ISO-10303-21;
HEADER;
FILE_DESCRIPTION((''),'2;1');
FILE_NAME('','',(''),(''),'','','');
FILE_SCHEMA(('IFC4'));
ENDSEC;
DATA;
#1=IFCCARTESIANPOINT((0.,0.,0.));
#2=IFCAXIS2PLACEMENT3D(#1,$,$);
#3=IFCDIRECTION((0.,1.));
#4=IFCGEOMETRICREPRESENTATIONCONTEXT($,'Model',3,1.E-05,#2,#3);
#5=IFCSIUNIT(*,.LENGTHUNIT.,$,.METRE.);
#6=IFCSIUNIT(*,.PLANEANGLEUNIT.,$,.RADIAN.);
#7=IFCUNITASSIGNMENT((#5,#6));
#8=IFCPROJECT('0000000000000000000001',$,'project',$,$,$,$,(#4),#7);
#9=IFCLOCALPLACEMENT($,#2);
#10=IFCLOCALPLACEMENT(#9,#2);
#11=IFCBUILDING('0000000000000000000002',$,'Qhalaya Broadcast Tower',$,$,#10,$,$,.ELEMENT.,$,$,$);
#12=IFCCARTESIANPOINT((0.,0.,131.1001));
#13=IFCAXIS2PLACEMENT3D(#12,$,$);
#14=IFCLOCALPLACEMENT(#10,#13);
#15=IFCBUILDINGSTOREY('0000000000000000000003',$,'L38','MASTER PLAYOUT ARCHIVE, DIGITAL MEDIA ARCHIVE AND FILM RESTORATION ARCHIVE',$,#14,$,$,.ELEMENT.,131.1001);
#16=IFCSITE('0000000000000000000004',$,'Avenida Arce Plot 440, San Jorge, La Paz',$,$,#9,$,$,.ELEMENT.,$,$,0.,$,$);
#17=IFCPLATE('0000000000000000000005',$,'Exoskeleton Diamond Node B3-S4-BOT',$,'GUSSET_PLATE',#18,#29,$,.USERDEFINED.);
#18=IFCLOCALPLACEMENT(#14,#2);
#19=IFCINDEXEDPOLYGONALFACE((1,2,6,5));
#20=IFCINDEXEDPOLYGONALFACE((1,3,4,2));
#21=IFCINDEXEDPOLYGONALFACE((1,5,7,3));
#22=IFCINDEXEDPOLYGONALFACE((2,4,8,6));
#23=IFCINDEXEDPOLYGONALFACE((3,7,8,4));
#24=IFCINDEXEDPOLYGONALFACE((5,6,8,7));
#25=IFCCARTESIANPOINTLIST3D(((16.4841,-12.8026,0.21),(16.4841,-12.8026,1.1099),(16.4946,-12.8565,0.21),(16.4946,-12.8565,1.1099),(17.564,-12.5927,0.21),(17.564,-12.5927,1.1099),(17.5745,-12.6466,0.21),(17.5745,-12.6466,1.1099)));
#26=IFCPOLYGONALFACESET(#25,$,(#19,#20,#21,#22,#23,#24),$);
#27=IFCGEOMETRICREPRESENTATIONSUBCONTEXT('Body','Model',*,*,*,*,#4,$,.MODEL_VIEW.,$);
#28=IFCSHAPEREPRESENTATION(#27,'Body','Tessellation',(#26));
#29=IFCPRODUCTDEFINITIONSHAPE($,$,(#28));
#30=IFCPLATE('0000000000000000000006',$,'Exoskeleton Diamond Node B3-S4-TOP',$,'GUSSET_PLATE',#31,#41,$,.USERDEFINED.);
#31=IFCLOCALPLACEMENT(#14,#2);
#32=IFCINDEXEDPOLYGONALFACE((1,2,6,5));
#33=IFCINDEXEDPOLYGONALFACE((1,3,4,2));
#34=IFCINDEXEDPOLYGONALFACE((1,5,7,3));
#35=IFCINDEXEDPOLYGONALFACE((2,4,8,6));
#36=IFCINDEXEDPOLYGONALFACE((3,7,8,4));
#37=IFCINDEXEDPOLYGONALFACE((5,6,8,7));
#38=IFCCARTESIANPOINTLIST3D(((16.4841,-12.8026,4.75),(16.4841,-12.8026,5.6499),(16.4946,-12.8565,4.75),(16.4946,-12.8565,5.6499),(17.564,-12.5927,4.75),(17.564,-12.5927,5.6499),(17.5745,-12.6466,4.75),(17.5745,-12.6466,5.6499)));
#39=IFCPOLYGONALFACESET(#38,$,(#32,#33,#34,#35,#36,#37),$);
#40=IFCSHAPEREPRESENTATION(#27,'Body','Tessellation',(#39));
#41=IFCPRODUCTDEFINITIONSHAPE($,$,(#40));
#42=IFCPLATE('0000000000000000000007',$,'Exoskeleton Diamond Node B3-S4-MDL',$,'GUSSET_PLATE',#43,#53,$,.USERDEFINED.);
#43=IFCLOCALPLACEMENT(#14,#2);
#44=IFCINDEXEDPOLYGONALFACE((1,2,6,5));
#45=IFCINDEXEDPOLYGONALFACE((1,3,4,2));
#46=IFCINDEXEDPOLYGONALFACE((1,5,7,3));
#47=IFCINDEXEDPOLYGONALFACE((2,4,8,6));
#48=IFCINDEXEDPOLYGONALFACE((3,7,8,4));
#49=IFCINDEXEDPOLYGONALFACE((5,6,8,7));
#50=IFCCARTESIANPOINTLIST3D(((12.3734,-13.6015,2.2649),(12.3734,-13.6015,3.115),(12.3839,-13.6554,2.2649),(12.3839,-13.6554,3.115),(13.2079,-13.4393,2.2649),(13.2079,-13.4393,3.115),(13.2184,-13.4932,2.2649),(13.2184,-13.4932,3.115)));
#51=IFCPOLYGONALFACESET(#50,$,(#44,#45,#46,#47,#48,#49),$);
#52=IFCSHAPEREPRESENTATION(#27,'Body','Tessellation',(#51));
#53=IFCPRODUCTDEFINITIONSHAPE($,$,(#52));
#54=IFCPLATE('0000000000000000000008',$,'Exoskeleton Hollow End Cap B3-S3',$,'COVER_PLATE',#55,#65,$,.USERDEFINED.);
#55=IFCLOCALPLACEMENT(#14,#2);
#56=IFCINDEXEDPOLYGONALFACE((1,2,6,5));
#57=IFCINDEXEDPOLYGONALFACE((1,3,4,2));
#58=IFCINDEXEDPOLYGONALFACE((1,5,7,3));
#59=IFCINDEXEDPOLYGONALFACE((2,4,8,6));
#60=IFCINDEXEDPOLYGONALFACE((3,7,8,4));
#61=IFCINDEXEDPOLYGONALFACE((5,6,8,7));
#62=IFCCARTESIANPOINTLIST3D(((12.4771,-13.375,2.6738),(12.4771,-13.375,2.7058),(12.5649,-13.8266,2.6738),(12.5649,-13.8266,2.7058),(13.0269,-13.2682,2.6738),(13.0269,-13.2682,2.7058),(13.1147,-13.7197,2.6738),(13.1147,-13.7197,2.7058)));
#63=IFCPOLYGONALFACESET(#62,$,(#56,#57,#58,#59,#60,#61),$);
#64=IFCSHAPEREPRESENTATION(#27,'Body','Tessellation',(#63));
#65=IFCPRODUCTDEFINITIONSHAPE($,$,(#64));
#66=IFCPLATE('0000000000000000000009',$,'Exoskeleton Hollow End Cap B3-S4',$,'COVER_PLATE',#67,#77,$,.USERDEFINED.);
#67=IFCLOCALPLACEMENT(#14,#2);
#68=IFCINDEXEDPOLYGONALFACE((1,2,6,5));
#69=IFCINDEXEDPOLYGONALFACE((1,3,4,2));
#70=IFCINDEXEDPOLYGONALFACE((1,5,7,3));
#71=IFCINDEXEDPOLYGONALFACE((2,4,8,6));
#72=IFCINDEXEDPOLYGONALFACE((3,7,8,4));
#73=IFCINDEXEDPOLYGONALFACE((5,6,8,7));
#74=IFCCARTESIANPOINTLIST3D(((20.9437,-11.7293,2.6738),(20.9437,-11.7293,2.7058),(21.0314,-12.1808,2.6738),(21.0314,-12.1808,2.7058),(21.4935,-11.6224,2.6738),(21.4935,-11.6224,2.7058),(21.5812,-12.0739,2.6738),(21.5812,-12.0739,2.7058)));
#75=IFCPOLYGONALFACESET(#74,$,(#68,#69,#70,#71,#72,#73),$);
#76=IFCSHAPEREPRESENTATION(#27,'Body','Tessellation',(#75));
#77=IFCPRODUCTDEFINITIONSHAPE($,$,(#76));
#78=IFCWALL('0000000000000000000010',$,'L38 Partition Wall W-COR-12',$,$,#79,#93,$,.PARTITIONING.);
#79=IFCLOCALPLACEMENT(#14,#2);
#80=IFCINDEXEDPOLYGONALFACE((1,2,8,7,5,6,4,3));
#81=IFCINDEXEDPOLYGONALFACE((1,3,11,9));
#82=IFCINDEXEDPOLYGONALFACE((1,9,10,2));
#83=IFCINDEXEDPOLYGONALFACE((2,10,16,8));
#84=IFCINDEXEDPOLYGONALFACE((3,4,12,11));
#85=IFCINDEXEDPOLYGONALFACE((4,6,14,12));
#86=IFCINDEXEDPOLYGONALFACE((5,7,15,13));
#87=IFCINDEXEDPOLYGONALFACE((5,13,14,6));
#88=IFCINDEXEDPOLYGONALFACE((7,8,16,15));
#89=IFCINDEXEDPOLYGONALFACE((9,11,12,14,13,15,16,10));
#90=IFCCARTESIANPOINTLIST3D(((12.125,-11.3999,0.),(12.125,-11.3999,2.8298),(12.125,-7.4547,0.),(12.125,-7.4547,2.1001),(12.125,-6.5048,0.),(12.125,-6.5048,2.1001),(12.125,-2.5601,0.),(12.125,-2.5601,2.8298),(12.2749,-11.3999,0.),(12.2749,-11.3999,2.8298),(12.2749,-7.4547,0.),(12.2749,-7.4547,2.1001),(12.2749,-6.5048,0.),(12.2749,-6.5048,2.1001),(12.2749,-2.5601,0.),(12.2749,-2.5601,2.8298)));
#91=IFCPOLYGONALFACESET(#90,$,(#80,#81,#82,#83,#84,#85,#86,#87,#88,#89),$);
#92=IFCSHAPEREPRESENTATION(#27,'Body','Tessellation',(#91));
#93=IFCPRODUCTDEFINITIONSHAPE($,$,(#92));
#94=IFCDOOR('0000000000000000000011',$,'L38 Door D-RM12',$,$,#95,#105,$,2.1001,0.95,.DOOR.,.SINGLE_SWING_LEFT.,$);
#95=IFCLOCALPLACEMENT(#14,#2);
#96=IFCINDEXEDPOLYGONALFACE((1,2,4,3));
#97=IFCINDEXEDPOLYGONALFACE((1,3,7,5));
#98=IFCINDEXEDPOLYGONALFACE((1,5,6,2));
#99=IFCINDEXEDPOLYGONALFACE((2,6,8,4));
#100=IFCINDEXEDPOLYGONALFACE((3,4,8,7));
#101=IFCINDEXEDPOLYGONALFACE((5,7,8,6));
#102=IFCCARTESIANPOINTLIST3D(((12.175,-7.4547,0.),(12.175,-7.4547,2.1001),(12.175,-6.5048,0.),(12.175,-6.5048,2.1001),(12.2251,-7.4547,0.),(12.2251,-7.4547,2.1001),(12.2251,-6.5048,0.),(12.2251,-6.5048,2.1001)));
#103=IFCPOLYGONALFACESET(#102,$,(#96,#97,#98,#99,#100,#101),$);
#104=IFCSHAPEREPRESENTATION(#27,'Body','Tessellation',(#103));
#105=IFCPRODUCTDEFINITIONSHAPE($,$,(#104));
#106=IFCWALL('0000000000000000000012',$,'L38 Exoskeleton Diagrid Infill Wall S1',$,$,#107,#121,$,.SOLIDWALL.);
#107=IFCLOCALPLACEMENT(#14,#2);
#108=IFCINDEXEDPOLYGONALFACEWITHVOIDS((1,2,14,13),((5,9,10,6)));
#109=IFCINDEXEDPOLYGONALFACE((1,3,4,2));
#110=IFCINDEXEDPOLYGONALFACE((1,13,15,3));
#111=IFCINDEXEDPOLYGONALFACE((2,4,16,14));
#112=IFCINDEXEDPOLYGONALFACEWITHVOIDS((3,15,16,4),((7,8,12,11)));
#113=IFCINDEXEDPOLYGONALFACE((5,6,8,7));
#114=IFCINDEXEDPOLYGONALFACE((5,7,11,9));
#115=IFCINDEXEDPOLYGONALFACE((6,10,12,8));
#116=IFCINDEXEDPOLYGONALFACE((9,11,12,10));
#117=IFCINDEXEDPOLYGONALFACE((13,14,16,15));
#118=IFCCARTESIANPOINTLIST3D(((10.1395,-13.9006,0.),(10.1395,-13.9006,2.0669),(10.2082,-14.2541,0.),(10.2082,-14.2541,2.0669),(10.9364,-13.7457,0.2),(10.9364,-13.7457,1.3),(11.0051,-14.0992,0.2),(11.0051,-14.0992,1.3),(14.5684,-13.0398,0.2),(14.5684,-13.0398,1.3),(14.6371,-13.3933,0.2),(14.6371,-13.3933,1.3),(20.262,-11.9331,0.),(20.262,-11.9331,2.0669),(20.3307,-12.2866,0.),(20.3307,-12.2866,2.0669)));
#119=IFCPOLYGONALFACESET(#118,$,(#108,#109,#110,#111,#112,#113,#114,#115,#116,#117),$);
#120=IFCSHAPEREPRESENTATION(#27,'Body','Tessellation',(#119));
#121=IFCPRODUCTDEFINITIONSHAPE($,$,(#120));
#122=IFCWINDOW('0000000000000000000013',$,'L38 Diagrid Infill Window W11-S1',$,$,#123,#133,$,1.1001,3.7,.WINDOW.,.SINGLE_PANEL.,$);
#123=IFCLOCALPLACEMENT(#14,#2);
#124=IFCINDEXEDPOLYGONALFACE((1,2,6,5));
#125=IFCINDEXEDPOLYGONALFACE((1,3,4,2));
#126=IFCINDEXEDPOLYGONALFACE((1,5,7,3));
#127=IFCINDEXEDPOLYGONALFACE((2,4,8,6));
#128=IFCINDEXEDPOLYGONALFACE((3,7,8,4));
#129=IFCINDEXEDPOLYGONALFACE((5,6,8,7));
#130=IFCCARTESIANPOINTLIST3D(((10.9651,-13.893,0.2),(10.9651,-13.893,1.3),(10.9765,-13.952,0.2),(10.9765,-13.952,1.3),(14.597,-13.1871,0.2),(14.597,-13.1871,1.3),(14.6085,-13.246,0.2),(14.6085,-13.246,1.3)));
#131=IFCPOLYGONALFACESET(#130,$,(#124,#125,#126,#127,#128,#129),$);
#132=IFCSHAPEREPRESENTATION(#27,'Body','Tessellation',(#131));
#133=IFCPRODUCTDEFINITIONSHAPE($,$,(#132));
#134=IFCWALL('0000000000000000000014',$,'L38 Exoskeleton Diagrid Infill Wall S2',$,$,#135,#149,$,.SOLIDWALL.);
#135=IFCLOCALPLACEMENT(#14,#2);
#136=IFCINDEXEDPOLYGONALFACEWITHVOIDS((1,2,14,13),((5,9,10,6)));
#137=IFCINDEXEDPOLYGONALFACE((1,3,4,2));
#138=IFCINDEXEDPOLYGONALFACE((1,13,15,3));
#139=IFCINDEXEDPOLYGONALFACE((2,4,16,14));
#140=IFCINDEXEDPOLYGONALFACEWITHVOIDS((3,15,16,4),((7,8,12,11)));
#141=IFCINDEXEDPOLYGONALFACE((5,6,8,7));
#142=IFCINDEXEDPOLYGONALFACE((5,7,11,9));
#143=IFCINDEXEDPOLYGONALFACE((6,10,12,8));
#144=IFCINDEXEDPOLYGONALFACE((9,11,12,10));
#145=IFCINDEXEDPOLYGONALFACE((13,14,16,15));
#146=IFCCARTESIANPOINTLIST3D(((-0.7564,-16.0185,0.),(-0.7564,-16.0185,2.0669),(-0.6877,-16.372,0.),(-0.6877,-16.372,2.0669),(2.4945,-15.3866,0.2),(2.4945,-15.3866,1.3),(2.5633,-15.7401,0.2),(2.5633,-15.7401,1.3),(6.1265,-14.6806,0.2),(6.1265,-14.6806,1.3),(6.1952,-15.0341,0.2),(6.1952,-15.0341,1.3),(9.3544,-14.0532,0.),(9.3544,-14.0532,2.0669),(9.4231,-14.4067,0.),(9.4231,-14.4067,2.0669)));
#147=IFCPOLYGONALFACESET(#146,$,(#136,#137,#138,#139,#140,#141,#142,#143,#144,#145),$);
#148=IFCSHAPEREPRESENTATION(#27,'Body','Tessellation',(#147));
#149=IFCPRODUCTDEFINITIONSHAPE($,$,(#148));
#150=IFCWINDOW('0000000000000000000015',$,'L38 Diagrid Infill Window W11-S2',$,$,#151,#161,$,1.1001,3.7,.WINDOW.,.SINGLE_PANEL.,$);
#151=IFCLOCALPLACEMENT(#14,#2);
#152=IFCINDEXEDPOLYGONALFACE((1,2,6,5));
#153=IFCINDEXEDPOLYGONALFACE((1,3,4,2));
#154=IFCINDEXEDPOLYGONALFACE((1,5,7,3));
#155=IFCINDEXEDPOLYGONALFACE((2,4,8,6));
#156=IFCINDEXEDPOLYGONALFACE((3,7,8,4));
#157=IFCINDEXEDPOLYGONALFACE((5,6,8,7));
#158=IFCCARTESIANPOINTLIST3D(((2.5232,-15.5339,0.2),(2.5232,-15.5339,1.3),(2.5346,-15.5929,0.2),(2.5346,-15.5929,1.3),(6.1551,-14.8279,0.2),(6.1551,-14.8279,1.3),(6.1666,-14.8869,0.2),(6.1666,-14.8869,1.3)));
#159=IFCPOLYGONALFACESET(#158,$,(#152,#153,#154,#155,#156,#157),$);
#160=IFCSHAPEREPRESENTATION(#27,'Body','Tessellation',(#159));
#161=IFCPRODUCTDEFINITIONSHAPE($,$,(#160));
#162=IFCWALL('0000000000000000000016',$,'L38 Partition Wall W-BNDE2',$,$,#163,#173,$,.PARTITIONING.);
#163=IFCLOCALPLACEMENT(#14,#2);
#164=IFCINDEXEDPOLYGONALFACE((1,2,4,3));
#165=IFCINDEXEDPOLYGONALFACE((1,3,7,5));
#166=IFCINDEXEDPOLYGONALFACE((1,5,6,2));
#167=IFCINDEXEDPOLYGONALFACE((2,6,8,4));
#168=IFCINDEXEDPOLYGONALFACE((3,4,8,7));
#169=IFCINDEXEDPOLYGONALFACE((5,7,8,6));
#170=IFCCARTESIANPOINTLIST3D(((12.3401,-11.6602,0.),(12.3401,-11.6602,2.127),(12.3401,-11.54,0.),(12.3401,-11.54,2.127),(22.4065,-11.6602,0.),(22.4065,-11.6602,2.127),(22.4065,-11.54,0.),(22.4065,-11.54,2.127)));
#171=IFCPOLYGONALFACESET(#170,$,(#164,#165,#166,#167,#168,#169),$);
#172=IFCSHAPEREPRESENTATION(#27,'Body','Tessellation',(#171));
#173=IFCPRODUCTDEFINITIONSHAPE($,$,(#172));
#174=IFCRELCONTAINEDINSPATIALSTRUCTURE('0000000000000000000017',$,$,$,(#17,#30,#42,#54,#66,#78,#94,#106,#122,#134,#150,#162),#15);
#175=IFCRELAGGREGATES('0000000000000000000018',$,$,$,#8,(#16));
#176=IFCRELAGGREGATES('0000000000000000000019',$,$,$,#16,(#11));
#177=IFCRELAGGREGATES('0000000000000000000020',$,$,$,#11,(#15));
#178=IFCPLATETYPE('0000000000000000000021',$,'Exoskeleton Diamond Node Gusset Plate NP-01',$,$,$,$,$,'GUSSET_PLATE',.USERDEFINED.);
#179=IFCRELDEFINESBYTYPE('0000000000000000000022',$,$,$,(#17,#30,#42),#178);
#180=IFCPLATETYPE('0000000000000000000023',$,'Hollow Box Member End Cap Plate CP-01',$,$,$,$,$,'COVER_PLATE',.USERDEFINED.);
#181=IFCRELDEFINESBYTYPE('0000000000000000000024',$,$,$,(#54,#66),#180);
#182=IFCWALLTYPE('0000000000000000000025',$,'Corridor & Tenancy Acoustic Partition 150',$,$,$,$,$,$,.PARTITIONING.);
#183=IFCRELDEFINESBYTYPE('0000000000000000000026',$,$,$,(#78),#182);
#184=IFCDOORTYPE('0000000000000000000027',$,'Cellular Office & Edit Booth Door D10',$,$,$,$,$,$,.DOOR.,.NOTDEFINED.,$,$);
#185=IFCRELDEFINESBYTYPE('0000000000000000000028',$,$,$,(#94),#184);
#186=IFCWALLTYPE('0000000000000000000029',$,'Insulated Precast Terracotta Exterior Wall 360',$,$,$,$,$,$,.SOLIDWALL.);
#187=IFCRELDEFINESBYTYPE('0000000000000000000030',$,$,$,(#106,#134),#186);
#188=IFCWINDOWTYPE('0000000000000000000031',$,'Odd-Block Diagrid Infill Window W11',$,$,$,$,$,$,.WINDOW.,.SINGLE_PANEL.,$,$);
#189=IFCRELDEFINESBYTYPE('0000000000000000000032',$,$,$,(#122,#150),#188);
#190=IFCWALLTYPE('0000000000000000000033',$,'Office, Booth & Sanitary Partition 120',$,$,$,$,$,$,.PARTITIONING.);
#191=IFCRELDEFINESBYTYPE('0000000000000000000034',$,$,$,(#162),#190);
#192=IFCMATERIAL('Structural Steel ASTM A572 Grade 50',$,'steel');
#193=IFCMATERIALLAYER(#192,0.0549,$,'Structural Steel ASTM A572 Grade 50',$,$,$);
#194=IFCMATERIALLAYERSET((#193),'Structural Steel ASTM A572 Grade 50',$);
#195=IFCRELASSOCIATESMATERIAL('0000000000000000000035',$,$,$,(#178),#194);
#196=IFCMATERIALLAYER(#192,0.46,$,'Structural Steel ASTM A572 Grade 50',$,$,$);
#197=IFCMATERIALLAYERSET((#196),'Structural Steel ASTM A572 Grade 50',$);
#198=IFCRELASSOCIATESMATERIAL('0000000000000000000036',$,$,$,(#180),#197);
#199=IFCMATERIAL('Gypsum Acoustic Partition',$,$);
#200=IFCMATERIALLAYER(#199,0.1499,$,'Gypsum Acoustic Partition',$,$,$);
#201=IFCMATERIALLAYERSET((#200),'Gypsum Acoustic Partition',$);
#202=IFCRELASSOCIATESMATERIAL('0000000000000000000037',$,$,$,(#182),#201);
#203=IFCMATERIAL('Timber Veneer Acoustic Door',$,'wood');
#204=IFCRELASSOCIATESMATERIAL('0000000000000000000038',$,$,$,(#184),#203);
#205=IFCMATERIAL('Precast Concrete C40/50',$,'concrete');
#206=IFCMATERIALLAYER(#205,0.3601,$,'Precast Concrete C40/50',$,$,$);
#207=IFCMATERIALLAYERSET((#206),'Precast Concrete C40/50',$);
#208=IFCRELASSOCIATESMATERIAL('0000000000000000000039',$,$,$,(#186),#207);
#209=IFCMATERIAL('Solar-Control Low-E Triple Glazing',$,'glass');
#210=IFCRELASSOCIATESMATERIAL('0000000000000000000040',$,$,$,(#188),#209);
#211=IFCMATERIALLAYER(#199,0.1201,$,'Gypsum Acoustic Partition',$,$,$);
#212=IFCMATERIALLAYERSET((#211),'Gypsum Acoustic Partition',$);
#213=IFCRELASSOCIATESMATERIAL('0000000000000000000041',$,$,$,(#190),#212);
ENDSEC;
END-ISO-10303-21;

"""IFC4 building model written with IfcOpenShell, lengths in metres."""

from ifc_helpers import new_model, si_unit, direction, frame, frame_2d, origin, origin_2d, place, context, subcontext, project, spatial, rectangle, extrude, material, layer, layer_set, type_object, element, fill, save


model = new_model("IFC4")

# Units and contexts
model_context = context("Model", 3, precision=1e-05, world=origin(), true_north=direction((0.0, 1.0)))
body_context = subcontext(model_context, "Body", "Model", "MODEL_VIEW")
ifc_project = project(units=[si_unit("LENGTHUNIT", "METRE"), si_unit("PLANEANGLEUNIT", "RADIAN")], contexts=[model_context])

# Site, building, storey
site_placement = place(None, origin())
site = spatial("IfcSite", under=ifc_project, at=site_placement, Name="Avenida Arce Plot 440, San Jorge, La Paz", CompositionType="ELEMENT", RefElevation=0.0)
building_placement = place(site_placement, origin())
building = spatial("IfcBuilding", under=site, at=building_placement, Name="Qhalaya Broadcast Tower", CompositionType="ELEMENT")
storey_placement = place(building_placement, frame((0.0, 0.0, 131.1001)))
storey = spatial("IfcBuildingStorey", under=building, at=storey_placement, Name="L38", Description="MASTER PLAYOUT ARCHIVE, DIGITAL MEDIA ARCHIVE AND FILM RESTORATION ARCHIVE", CompositionType="ELEMENT", Elevation=131.1001)

# Shared definitions
ifc_material_1 = material(Name="Structural Steel ASTM A572 Grade 50", Category="steel")

# Plates
ifc_layer_1 = layer(ifc_material_1, 0.0549, Name="Structural Steel ASTM A572 Grade 50")
ifc_layer_set_1 = layer_set([ifc_layer_1], Name="Structural Steel ASTM A572 Grade 50")
plate_type_1 = type_object("IfcPlateType", Name="Exoskeleton Diamond Node Gusset Plate NP-01", ElementType="GUSSET_PLATE", PredefinedType="USERDEFINED", material=ifc_layer_set_1)
for number, where, z_axis, x_axis, name in (
    (1, (17.0293, -12.7246, 0.21), (0.0, 0.0, 1.0), (0.981627, 0.190809, 0.0), "Exoskeleton Diamond Node B3-S4-BOT"),
    (2, (17.0293, -12.7246, 4.75), (0.0, 0.0, 1.0), (0.981627, 0.190809, 0.0), "Exoskeleton Diamond Node B3-S4-TOP"),
):
    element("IfcPlate", number, at=place(storey_placement, frame(where, z_axis=z_axis, x_axis=x_axis)), inside=storey, type_object=plate_type_1, Name=name, ObjectType="GUSSET_PLATE", PredefinedType="USERDEFINED", context=body_context, shape_type="SweptSolid", body=[
        extrude(rectangle(XDim=1.1001, YDim=0.0549, at=origin_2d()), origin(), (0.0, 0.0, 1.0), 0.8999),
    ])
plate_placement = place(storey_placement, frame((12.7959, -13.5474, 2.2649), z_axis=(0.0, 0.0, 1.0), x_axis=(0.981627, 0.190809, 0.0)))
element("IfcPlate", 3, at=plate_placement, inside=storey, type_object=plate_type_1, Name="Exoskeleton Diamond Node B3-S4-MDL", ObjectType="GUSSET_PLATE", PredefinedType="USERDEFINED", context=body_context, shape_type="SweptSolid", body=[
    extrude(rectangle(XDim=0.8501, YDim=0.0549, at=origin_2d()), origin(), (0.0, 0.0, 1.0), 0.8501),
])
ifc_layer_2 = layer(ifc_material_1, 0.46, Name="Structural Steel ASTM A572 Grade 50")
ifc_layer_set_2 = layer_set([ifc_layer_2], Name="Structural Steel ASTM A572 Grade 50")
plate_type_2 = type_object("IfcPlateType", Name="Hollow Box Member End Cap Plate CP-01", ElementType="COVER_PLATE", PredefinedType="USERDEFINED", material=ifc_layer_set_2)
for number, where, z_axis, x_axis, name in (
    (4, (12.7959, -13.5474, 2.6738), (0.0, 0.0, 1.0), (0.981627, 0.190809, 0.0), "Exoskeleton Hollow End Cap B3-S3"),
    (5, (21.2625, -11.9016, 2.6738), (0.0, 0.0, 1.0), (0.981627, 0.190809, 0.0), "Exoskeleton Hollow End Cap B3-S4"),
):
    element("IfcPlate", number, at=place(storey_placement, frame(where, z_axis=z_axis, x_axis=x_axis)), inside=storey, type_object=plate_type_2, Name=name, ObjectType="COVER_PLATE", PredefinedType="USERDEFINED", context=body_context, shape_type="SweptSolid", body=[
        extrude(rectangle(XDim=0.5601, YDim=0.46, at=origin_2d()), origin(), (0.0, 0.0, 1.0), 0.032),
    ])

# Wall, opening, door
ifc_material_2 = material(Name="Gypsum Acoustic Partition")
ifc_layer_3 = layer(ifc_material_2, 0.1499, Name="Gypsum Acoustic Partition")
ifc_layer_set_3 = layer_set([ifc_layer_3], Name="Gypsum Acoustic Partition")
wall_type_1 = type_object("IfcWallType", Name="Corridor & Tenancy Acoustic Partition 150", PredefinedType="PARTITIONING", material=ifc_layer_set_3)
wall_1_placement = place(storey_placement, frame((12.2, -11.3999, 0.0), z_axis=(0.0, 0.0, 1.0), x_axis=(0.0, 1.0, 0.0)))
wall_1 = element("IfcWall", 6, at=wall_1_placement, inside=storey, type_object=wall_type_1, Name="L38 Partition Wall W-COR-12", PredefinedType="PARTITIONING", context=body_context, shape_type="SweptSolid", body=[
    extrude(rectangle(XDim=8.8398, YDim=0.1499, at=frame_2d((4.4199, 0.0))), origin(), (0.0, 0.0, 1.0), 2.8298),
])
opening_1_placement = place(wall_1_placement, frame((3.9451, 0.0, 0.0)))
opening_1 = element("IfcOpeningElement", 7, at=opening_1_placement, cuts=wall_1, PredefinedType="OPENING", context=body_context, shape_type="SweptSolid", body=[
    extrude(rectangle(XDim=0.95, YDim=2.1001, at=frame_2d((0.4751, 1.05))), frame((0.0, 0.0869, 0.0), z_axis=(0.0, -1.0, 0.0), x_axis=(1.0, 0.0, 0.0)), (0.0, 0.0, 1.0), 0.1738),
])
ifc_material_3 = material(Name="Timber Veneer Acoustic Door", Category="wood")
door_type = type_object("IfcDoorType", Name="Cellular Office & Edit Booth Door D10", OperationType="NOTDEFINED", PredefinedType="DOOR", material=ifc_material_3)
door_placement = place(opening_1_placement, origin())
door = element("IfcDoor", 8, at=door_placement, inside=storey, type_object=door_type, Name="L38 Door D-RM12", OperationType="SINGLE_SWING_LEFT", OverallHeight=2.1001, OverallWidth=0.95, PredefinedType="DOOR", context=body_context, shape_type="SweptSolid", body=[
    extrude(rectangle(XDim=0.95, YDim=2.1001, at=frame_2d((0.4751, 1.05))), frame((0.0, 0.0249, 0.0), z_axis=(0.0, -1.0, 0.0), x_axis=(1.0, 0.0, 0.0)), (0.0, 0.0, 1.0), 0.05),
])
fill(opening_1, door)

# Walls, openings, windows
ifc_material_4 = material(Name="Precast Concrete C40/50", Category="concrete")
ifc_layer_4 = layer(ifc_material_4, 0.3601, Name="Precast Concrete C40/50")
ifc_layer_set_4 = layer_set([ifc_layer_4], Name="Precast Concrete C40/50")
wall_type_2 = type_object("IfcWallType", Name="Insulated Precast Terracotta Exterior Wall 360", PredefinedType="SOLIDWALL", material=ifc_layer_set_4)
wall_2_placement = place(storey_placement, frame((20.2964, -12.1099, 0.0), z_axis=(0.0, 0.0, 1.0), x_axis=(-0.981629, -0.1908, 0.0)))
wall_2 = element("IfcWall", 9, at=wall_2_placement, inside=storey, type_object=wall_type_2, Name="L38 Exoskeleton Diagrid Infill Wall S1", PredefinedType="SOLIDWALL", context=body_context, shape_type="SweptSolid", body=[
    extrude(rectangle(XDim=10.312, YDim=0.3601, at=frame_2d((5.156, 0.0))), origin(), (0.0, 0.0, 1.0), 2.0669),
])
opening_2_placement = place(wall_2_placement, frame((5.8, 0.0, 0.2)))
opening_2 = element("IfcOpeningElement", 10, at=opening_2_placement, cuts=wall_2, PredefinedType="OPENING", context=body_context, shape_type="SweptSolid", body=[
    extrude(rectangle(XDim=3.7, YDim=1.1001, at=frame_2d((1.8501, 0.55))), frame((0.0, 0.1921, 0.0), z_axis=(0.0, -1.0, 0.0), x_axis=(1.0, 0.0, 0.0)), (0.0, 0.0, 1.0), 0.384),
])
ifc_material_5 = material(Name="Solar-Control Low-E Triple Glazing", Category="glass")
window_type = type_object("IfcWindowType", Name="Odd-Block Diagrid Infill Window W11", PartitioningType="SINGLE_PANEL", PredefinedType="WINDOW", material=ifc_material_5)
window_1_placement = place(opening_2_placement, origin())
window_1 = element("IfcWindow", 11, at=window_1_placement, inside=storey, type_object=window_type, Name="L38 Diagrid Infill Window W11-S1", OverallHeight=1.1001, OverallWidth=3.7, PartitioningType="SINGLE_PANEL", PredefinedType="WINDOW", context=body_context, shape_type="SweptSolid", body=[
    extrude(rectangle(XDim=3.7, YDim=1.1001, at=frame_2d((1.8501, 0.55))), frame((0.0, 0.03, 0.0), z_axis=(0.0, -1.0, 0.0), x_axis=(1.0, 0.0, 0.0)), (0.0, 0.0, 1.0), 0.0601),
])
fill(opening_2, window_1)
wall_3_placement = place(storey_placement, frame((9.3887, -14.23, 0.0), z_axis=(0.0, 0.0, 1.0), x_axis=(-0.981627, -0.190807, 0.0)))
wall_3 = element("IfcWall", 12, at=wall_3_placement, inside=storey, type_object=wall_type_2, Name="L38 Exoskeleton Diagrid Infill Wall S2", PredefinedType="SOLIDWALL", context=body_context, shape_type="SweptSolid", body=[
    extrude(rectangle(XDim=10.3, YDim=0.3601, at=frame_2d((5.1499, 0.0))), origin(), (0.0, 0.0, 1.0), 2.0669),
])
opening_3_placement = place(wall_3_placement, frame((3.2881, 0.0, 0.2)))
opening_3 = element("IfcOpeningElement", 13, at=opening_3_placement, cuts=wall_3, PredefinedType="OPENING", context=body_context, shape_type="SweptSolid", body=[
    extrude(rectangle(XDim=3.7, YDim=1.1001, at=frame_2d((1.8501, 0.55))), frame((0.0, 0.1921, 0.0), z_axis=(0.0, -1.0, 0.0), x_axis=(1.0, 0.0, 0.0)), (0.0, 0.0, 1.0), 0.384),
])
window_2_placement = place(opening_3_placement, origin())
window_2 = element("IfcWindow", 14, at=window_2_placement, inside=storey, type_object=window_type, Name="L38 Diagrid Infill Window W11-S2", OverallHeight=1.1001, OverallWidth=3.7, PartitioningType="SINGLE_PANEL", PredefinedType="WINDOW", context=body_context, shape_type="SweptSolid", body=[
    extrude(rectangle(XDim=3.7, YDim=1.1001, at=frame_2d((1.8501, 0.55))), frame((0.0, 0.03, 0.0), z_axis=(0.0, -1.0, 0.0), x_axis=(1.0, 0.0, 0.0)), (0.0, 0.0, 1.0), 0.0601),
])
fill(opening_3, window_2)

# Wall
ifc_layer_5 = layer(ifc_material_2, 0.1201, Name="Gypsum Acoustic Partition")
ifc_layer_set_5 = layer_set([ifc_layer_5], Name="Gypsum Acoustic Partition")
wall_type_3 = type_object("IfcWallType", Name="Office, Booth & Sanitary Partition 120", PredefinedType="PARTITIONING", material=ifc_layer_set_5)
wall_4_placement = place(storey_placement, frame((12.3401, -11.6001, 0.0), z_axis=(0.0, 0.0, 1.0), x_axis=(1.0, 0.0, 0.0)))
element("IfcWall", 15, at=wall_4_placement, inside=storey, type_object=wall_type_3, Name="L38 Partition Wall W-BNDE2", PredefinedType="PARTITIONING", context=body_context, shape_type="SweptSolid", body=[
    extrude(rectangle(XDim=10.0664, YDim=0.1201, at=frame_2d((5.0332, 0.0))), origin(), (0.0, 0.0, 1.0), 2.127),
])

save(model, "model.ifc")
